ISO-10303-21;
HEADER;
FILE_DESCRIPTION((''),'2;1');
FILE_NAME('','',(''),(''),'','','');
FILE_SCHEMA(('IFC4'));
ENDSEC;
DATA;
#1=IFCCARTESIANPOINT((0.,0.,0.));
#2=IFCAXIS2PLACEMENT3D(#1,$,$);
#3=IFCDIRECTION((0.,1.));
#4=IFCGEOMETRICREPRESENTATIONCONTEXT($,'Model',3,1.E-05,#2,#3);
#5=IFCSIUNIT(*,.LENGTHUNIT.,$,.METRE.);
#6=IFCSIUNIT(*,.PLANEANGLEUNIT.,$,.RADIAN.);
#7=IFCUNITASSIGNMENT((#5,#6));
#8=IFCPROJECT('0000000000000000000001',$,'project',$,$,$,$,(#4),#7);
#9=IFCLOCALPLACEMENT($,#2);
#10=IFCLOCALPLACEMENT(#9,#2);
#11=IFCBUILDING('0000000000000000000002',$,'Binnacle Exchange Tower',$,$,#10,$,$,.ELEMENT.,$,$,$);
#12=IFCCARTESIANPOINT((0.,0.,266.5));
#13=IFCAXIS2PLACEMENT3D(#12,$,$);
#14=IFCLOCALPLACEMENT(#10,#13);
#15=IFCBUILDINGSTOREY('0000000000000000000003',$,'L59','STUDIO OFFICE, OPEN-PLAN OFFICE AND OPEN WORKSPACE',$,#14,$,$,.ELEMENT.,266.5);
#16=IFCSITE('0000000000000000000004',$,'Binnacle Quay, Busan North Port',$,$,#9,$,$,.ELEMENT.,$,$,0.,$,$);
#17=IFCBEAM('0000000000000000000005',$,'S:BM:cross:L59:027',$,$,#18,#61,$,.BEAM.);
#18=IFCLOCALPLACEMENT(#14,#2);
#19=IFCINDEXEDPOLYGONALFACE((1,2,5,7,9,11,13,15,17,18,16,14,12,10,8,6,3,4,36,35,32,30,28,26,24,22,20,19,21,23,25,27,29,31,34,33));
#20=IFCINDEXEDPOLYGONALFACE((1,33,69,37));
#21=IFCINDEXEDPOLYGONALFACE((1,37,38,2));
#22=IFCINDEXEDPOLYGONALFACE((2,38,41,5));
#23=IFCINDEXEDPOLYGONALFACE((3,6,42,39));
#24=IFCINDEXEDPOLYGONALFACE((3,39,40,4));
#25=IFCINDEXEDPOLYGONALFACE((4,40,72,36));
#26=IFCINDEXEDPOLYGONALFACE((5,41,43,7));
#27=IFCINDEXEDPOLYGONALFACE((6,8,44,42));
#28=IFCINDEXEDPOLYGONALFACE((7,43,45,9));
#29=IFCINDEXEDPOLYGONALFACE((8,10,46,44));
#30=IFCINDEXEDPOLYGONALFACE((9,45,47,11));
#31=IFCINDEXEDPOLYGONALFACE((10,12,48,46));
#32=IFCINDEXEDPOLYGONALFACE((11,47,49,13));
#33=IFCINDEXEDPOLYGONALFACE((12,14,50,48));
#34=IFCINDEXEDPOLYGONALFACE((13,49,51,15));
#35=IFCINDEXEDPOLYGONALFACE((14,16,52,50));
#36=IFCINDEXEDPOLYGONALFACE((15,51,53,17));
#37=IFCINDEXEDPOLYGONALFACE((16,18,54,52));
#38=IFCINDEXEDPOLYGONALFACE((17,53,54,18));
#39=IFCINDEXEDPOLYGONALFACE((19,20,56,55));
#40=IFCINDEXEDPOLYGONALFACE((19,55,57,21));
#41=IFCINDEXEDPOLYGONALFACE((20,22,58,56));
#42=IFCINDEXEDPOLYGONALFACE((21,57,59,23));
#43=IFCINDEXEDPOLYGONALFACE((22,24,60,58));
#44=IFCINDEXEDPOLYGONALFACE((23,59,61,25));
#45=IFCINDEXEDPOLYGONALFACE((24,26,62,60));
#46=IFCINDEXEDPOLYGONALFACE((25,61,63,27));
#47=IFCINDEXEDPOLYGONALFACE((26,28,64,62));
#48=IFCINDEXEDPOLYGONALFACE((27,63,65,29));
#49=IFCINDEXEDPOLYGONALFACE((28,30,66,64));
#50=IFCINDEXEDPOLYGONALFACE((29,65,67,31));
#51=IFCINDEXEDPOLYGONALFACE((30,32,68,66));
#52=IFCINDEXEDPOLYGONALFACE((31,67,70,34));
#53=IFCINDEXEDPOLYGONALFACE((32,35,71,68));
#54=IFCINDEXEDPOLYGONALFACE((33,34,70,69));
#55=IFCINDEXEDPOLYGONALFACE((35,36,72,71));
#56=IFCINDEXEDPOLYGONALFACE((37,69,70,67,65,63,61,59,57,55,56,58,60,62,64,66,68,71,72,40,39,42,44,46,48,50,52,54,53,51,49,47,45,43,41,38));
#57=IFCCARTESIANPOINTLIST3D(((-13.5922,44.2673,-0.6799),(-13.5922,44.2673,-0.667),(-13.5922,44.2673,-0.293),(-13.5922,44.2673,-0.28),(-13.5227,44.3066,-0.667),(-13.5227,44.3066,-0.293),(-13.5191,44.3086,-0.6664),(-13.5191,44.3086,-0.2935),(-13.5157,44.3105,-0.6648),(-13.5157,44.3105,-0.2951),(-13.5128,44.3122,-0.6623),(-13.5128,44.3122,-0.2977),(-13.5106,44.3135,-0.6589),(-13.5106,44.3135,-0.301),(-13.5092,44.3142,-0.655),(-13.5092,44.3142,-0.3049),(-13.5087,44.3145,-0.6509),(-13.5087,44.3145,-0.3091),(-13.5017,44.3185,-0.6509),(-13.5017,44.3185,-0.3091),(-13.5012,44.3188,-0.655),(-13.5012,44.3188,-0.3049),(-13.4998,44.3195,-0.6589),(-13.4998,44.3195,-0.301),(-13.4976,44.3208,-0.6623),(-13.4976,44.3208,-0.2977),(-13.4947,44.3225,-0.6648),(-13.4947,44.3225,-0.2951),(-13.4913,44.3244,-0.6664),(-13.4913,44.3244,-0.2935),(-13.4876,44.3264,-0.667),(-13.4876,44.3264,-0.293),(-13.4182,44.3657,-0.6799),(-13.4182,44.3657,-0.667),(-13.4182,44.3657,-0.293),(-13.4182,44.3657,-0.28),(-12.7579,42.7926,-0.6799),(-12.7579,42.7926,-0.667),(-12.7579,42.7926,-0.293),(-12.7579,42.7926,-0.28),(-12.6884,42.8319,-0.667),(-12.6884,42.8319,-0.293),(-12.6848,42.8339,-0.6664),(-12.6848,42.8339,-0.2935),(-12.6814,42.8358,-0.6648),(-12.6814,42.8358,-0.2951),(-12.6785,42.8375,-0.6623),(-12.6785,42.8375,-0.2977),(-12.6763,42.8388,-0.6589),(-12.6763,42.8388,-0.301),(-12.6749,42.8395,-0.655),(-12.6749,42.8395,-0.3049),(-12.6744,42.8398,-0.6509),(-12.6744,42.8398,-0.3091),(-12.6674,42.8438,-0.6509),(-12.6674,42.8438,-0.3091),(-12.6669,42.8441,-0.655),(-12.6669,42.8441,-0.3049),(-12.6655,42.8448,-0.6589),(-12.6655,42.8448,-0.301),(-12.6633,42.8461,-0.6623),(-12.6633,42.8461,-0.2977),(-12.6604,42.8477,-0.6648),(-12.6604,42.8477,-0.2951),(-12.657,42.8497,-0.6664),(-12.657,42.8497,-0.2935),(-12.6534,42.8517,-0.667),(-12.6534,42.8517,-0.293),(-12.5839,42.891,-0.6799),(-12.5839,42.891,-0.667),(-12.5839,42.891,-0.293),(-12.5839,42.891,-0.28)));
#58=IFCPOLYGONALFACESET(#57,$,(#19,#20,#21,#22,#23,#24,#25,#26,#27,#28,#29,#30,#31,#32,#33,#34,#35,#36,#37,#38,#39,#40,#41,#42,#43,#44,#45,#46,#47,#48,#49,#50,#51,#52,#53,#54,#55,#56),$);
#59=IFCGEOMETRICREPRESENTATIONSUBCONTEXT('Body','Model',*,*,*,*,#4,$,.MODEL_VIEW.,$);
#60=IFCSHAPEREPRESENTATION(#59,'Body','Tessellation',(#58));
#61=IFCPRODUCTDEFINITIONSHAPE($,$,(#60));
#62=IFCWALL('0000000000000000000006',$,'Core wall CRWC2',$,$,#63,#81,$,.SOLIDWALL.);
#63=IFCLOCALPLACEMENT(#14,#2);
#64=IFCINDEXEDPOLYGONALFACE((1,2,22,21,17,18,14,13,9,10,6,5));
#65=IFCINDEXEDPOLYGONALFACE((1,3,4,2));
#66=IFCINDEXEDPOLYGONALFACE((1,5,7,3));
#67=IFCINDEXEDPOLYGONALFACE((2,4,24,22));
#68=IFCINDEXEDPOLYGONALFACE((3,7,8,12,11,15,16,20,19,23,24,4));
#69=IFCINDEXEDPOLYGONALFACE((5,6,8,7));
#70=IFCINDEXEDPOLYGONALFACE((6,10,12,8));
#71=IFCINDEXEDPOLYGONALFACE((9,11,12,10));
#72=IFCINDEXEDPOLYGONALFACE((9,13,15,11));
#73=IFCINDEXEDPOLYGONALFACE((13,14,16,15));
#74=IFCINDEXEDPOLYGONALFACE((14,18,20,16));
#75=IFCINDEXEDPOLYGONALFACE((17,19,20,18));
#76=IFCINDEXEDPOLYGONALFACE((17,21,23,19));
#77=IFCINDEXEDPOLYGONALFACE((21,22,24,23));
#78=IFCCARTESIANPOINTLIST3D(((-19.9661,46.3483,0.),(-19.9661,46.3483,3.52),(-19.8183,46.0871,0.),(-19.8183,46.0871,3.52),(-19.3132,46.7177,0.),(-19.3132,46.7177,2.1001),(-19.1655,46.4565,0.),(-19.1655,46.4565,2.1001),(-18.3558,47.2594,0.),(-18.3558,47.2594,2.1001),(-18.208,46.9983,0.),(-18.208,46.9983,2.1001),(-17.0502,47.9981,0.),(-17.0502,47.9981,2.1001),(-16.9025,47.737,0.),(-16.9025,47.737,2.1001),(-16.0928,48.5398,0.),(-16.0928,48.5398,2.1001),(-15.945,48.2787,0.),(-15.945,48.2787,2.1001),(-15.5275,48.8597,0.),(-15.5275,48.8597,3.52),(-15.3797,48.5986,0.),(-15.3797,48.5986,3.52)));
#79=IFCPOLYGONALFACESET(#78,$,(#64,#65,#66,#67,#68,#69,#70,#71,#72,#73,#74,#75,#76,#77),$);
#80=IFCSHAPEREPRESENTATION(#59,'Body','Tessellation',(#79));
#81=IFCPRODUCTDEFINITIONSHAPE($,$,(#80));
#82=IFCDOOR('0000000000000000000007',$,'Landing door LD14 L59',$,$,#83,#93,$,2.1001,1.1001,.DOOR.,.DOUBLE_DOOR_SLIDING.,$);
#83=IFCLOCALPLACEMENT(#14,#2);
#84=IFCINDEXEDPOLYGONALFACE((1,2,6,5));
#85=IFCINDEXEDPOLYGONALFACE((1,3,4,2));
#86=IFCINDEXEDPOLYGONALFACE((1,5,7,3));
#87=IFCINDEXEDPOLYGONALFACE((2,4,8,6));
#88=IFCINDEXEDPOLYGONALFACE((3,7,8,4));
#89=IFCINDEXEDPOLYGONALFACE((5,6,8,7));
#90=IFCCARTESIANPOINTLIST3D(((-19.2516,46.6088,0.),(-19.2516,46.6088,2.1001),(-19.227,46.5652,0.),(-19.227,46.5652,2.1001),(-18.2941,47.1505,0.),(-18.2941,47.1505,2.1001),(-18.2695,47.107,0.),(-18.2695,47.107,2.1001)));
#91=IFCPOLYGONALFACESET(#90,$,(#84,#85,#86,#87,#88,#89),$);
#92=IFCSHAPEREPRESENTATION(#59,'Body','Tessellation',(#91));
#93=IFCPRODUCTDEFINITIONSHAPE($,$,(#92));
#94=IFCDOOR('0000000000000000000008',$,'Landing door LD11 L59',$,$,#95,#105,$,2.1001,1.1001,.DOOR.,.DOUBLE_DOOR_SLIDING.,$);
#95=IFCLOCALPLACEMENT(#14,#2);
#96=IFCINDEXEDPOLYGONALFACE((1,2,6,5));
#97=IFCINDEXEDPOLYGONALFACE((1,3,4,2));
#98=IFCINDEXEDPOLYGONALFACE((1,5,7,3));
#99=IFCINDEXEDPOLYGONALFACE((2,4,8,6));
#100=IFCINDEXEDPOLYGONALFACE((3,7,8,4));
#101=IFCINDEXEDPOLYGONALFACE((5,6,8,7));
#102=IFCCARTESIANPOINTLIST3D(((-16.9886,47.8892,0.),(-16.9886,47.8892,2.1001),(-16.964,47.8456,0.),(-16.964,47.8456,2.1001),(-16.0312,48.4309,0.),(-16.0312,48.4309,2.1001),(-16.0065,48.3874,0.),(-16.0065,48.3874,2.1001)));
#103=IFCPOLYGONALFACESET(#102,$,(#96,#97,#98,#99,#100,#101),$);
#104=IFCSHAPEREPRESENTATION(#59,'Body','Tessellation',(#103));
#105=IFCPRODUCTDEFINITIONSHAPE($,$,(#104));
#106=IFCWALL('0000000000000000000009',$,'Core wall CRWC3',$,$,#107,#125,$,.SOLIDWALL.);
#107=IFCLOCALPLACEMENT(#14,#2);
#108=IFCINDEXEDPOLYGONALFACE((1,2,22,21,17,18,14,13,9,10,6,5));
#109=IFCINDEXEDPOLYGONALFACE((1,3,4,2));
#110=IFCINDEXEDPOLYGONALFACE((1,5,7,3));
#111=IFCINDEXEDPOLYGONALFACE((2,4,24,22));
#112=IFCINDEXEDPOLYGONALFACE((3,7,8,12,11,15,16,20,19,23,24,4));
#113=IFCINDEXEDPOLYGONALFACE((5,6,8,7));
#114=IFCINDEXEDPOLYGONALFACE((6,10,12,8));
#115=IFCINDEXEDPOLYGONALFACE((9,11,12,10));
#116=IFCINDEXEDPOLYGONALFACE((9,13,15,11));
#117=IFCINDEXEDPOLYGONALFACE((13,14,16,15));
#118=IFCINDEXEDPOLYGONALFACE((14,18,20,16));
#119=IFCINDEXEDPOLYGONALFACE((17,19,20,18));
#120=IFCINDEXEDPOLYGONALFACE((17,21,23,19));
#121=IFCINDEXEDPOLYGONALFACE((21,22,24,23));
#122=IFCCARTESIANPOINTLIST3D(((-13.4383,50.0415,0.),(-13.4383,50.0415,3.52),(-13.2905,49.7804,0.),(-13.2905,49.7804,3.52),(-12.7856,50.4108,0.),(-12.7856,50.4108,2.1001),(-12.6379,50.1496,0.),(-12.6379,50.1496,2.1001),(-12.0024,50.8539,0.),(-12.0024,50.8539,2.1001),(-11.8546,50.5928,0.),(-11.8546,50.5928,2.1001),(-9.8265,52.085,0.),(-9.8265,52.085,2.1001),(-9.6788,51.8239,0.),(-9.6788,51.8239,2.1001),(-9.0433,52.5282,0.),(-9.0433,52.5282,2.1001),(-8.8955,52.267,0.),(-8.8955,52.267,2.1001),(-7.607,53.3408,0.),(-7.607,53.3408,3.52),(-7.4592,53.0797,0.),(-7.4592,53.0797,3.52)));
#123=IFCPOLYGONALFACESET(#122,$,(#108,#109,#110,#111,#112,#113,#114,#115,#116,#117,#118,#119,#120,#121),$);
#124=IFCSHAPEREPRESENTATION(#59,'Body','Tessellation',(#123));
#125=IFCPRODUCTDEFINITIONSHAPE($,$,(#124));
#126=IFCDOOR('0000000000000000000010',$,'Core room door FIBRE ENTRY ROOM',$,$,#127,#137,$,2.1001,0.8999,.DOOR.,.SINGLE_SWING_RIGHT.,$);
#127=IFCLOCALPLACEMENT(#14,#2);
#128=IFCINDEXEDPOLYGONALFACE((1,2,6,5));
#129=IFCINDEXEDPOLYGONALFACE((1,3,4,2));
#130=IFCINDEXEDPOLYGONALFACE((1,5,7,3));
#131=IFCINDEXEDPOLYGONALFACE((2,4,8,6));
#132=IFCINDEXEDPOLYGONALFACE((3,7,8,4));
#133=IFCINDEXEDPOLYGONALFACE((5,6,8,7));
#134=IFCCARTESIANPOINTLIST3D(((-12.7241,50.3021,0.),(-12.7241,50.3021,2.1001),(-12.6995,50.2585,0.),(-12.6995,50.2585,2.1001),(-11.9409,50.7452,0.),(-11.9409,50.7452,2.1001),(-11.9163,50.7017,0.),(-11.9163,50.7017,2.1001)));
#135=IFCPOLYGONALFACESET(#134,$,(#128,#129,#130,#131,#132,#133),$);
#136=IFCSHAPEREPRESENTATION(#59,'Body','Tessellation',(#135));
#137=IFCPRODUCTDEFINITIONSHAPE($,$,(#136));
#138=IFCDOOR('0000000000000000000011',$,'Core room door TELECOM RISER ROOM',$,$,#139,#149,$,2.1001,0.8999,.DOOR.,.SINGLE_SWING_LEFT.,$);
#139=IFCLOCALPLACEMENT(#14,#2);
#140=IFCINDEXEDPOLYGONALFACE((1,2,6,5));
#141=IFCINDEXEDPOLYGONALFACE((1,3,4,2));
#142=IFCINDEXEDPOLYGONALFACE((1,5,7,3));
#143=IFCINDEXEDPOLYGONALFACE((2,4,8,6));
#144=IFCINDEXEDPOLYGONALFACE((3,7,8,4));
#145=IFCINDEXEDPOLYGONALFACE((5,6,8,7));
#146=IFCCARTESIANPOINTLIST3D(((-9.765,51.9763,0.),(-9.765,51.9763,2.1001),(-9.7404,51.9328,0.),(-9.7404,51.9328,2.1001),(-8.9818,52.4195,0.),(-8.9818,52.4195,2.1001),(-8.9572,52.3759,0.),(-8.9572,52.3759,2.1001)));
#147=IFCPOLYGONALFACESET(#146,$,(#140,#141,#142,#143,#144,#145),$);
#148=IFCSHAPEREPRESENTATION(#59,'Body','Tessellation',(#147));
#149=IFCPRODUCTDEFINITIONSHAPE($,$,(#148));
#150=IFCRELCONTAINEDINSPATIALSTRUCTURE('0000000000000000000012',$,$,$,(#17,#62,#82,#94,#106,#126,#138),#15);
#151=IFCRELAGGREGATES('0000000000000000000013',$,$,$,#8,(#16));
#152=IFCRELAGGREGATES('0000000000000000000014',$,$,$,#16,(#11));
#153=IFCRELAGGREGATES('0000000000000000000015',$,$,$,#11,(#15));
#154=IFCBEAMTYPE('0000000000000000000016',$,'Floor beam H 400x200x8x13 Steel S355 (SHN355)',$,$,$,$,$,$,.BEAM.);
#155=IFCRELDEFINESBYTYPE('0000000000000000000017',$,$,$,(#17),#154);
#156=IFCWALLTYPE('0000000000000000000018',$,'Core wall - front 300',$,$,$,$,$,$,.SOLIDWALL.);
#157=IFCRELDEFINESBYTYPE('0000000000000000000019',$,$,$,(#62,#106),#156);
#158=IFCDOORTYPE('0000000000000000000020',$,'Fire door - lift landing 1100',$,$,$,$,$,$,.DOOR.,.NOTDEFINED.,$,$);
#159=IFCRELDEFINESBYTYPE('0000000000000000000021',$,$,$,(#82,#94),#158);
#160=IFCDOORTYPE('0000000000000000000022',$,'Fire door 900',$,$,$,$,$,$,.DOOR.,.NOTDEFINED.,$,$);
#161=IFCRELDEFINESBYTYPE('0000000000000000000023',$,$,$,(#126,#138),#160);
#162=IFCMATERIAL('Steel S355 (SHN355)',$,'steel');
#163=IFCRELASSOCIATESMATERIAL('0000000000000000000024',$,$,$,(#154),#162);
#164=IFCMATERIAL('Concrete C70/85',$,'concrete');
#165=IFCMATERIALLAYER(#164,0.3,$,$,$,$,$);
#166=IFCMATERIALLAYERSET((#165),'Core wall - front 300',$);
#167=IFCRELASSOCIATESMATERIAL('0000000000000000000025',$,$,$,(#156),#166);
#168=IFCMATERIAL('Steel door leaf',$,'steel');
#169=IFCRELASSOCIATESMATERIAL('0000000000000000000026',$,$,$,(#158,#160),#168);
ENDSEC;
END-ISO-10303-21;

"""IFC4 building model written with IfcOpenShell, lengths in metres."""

from ifc_helpers import new_model, si_unit, direction, frame, frame_2d, origin, origin_2d, place, context, subcontext, project, spatial, rectangle, i_section, extrude, material, layer, layer_set, material_profile, profile_set, type_object, element, fill, save


model = new_model("IFC4")

# Units and contexts
model_context = context("Model", 3, precision=1e-05, world=origin(), true_north=direction((0.0, 1.0)))
body_context = subcontext(model_context, "Body", "Model", "MODEL_VIEW")
ifc_project = project(units=[si_unit("LENGTHUNIT", "METRE"), si_unit("PLANEANGLEUNIT", "RADIAN")], contexts=[model_context])

# Site, building, storey
site_placement = place(None, origin())
site = spatial("IfcSite", under=ifc_project, at=site_placement, Name="Binnacle Quay, Busan North Port", CompositionType="ELEMENT", RefElevation=0.0)
building_placement = place(site_placement, origin())
building = spatial("IfcBuilding", under=site, at=building_placement, Name="Binnacle Exchange Tower", CompositionType="ELEMENT")
storey_placement = place(building_placement, frame((0.0, 0.0, 266.5)))
storey = spatial("IfcBuildingStorey", under=building, at=storey_placement, Name="L59", Description="STUDIO OFFICE, OPEN-PLAN OFFICE AND OPEN WORKSPACE", CompositionType="ELEMENT", Elevation=266.5)

# Beam
ifc_material_1 = material(Name="Steel S355 (SHN355)", Category="steel")
ifc_material_profile = material_profile(ifc_material_1, i_section(OverallWidth=0.2, OverallDepth=0.3999, WebThickness=0.0081, FlangeThickness=0.0129, FilletRadius=0.0161, at=origin_2d()), Name="H 400x200x8x13")
ifc_profile_set = profile_set([ifc_material_profile], Name="Steel S355 (SHN355)")
beam_type = type_object("IfcBeamType", Name="Floor beam H 400x200x8x13 Steel S355 (SHN355)", PredefinedType="BEAM", material=ifc_profile_set)
beam_placement = place(storey_placement, frame((-12.6709, 42.8418, -0.48), z_axis=(-0.492394, 0.870372, 0.0), x_axis=(-0.870372, -0.492394, 0.0)))
element("IfcBeam", 1, at=beam_placement, inside=storey, type_object=beam_type, Name="S:BM:cross:L59:027", PredefinedType="BEAM", context=body_context, shape_type="SweptSolid", body=[
    extrude(i_section(OverallWidth=0.2, OverallDepth=0.3999, WebThickness=0.0081, FlangeThickness=0.0129, FilletRadius=0.0161, at=origin_2d()), origin(), (0.0, 0.0, 1.0), 1.6943),
])

# Walls, openings, doors
ifc_material_2 = material(Name="Concrete C70/85", Category="concrete")
ifc_layer_1 = layer(ifc_material_2, 0.3)
ifc_layer_set_1 = layer_set([ifc_layer_1], Name="Core wall - front 300")
wall_type_1 = type_object("IfcWallType", Name="Core wall - front 300", PredefinedType="SOLIDWALL", material=ifc_layer_set_1)
wall_1_placement = place(storey_placement, frame((-19.8921, 46.2178, 0.0), z_axis=(0.0, 0.0, 1.0), x_axis=(0.870342, 0.492448, 0.0)))
wall_1 = element("IfcWall", 2, at=wall_1_placement, inside=storey, type_object=wall_type_1, Name="Core wall CRWC2", PredefinedType="SOLIDWALL", context=body_context, shape_type="SweptSolid", body=[
    extrude(rectangle(XDim=5.0999, YDim=0.3, at=frame_2d((2.5498, 0.0))), origin(), (0.0, 0.0, 1.0), 3.52),
])
opening_1_placement = place(wall_1_placement, frame((0.75, 0.0, 0.0)))
opening_1 = element("IfcOpeningElement", 3, at=opening_1_placement, cuts=wall_1, PredefinedType="OPENING", context=body_context, shape_type="SweptSolid", body=[
    extrude(rectangle(XDim=1.1001, YDim=2.1001, at=frame_2d((0.55, 1.05))), frame((0.0, 0.1599, 0.0), z_axis=(0.0, -1.0, 0.0), x_axis=(1.0, 0.0, 0.0)), (0.0, 0.0, 1.0), 0.3201),
])
opening_2_placement = place(wall_1_placement, frame((3.3501, 0.0, 0.0)))
opening_2 = element("IfcOpeningElement", 4, at=opening_2_placement, cuts=wall_1, PredefinedType="OPENING", context=body_context, shape_type="SweptSolid", body=[
    extrude(rectangle(XDim=1.1001, YDim=2.1001, at=frame_2d((0.55, 1.05))), frame((0.0, 0.1599, 0.0), z_axis=(0.0, -1.0, 0.0), x_axis=(1.0, 0.0, 0.0)), (0.0, 0.0, 1.0), 0.3201),
])
ifc_material_3 = material(Name="Steel door leaf", Category="steel")
door_type_1 = type_object("IfcDoorType", Name="Fire door - lift landing 1100", OperationType="NOTDEFINED", PredefinedType="DOOR", material=ifc_material_3)
door_1_placement = place(opening_1_placement, origin())
door_1 = element("IfcDoor", 5, at=door_1_placement, inside=storey, type_object=door_type_1, Name="Landing door LD14 L59", OperationType="DOUBLE_DOOR_SLIDING", OverallHeight=2.1001, OverallWidth=1.1001, PredefinedType="DOOR", context=body_context, shape_type="SweptSolid", body=[
    extrude(rectangle(XDim=1.1001, YDim=2.1001, at=frame_2d((0.55, 1.05))), frame((0.0, 0.0249, 0.0), z_axis=(0.0, -1.0, 0.0), x_axis=(1.0, 0.0, 0.0)), (0.0, 0.0, 1.0), 0.05),
])
fill(opening_1, door_1)
door_2_placement = place(opening_2_placement, origin())
door_2 = element("IfcDoor", 6, at=door_2_placement, inside=storey, type_object=door_type_1, Name="Landing door LD11 L59", OperationType="DOUBLE_DOOR_SLIDING", OverallHeight=2.1001, OverallWidth=1.1001, PredefinedType="DOOR", context=body_context, shape_type="SweptSolid", body=[
    extrude(rectangle(XDim=1.1001, YDim=2.1001, at=frame_2d((0.55, 1.05))), frame((0.0, 0.0249, 0.0), z_axis=(0.0, -1.0, 0.0), x_axis=(1.0, 0.0, 0.0)), (0.0, 0.0, 1.0), 0.05),
])
fill(opening_2, door_2)
wall_2_placement = place(storey_placement, frame((-13.3645, 49.9109, 0.0), z_axis=(0.0, 0.0, 1.0), x_axis=(0.870348, 0.492438, 0.0)))
wall_2 = element("IfcWall", 7, at=wall_2_placement, inside=storey, type_object=wall_type_1, Name="Core wall CRWC3", PredefinedType="SOLIDWALL", context=body_context, shape_type="SweptSolid", body=[
    extrude(rectangle(XDim=6.7, YDim=0.3, at=frame_2d((3.3501, 0.0))), origin(), (0.0, 0.0, 1.0), 3.52),
])
opening_3_placement = place(wall_2_placement, frame((0.75, 0.0, 0.0)))
opening_3 = element("IfcOpeningElement", 8, at=opening_3_placement, cuts=wall_2, PredefinedType="OPENING", context=body_context, shape_type="SweptSolid", body=[
    extrude(rectangle(XDim=0.8999, YDim=2.1001, at=frame_2d((0.45, 1.05))), frame((0.0, 0.1599, 0.0), z_axis=(0.0, -1.0, 0.0), x_axis=(1.0, 0.0, 0.0)), (0.0, 0.0, 1.0), 0.3201),
])
opening_4_placement = place(wall_2_placement, frame((4.1499, 0.0, 0.0)))
opening_4 = element("IfcOpeningElement", 9, at=opening_4_placement, cuts=wall_2, PredefinedType="OPENING", context=body_context, shape_type="SweptSolid", body=[
    extrude(rectangle(XDim=0.8999, YDim=2.1001, at=frame_2d((0.45, 1.05))), frame((0.0, 0.1599, 0.0), z_axis=(0.0, -1.0, 0.0), x_axis=(1.0, 0.0, 0.0)), (0.0, 0.0, 1.0), 0.3201),
])
door_type_2 = type_object("IfcDoorType", Name="Fire door 900", OperationType="NOTDEFINED", PredefinedType="DOOR", material=ifc_material_3)
door_3_placement = place(opening_3_placement, frame((0.8999, 0.0, 0.0), z_axis=(0.0, 0.0, 1.0), x_axis=(-1.0, 0.0, 0.0)))
door_3 = element("IfcDoor", 10, at=door_3_placement, inside=storey, type_object=door_type_2, Name="Core room door FIBRE ENTRY ROOM", OperationType="SINGLE_SWING_RIGHT", OverallHeight=2.1001, OverallWidth=0.8999, PredefinedType="DOOR", context=body_context, shape_type="SweptSolid", body=[
    extrude(rectangle(XDim=0.8999, YDim=2.1001, at=frame_2d((0.45, 1.05))), frame((0.0, 0.0249, 0.0), z_axis=(0.0, -1.0, 0.0), x_axis=(1.0, 0.0, 0.0)), (0.0, 0.0, 1.0), 0.05),
])
fill(opening_3, door_3)
door_4_placement = place(opening_4_placement, frame((0.8999, 0.0, 0.0), z_axis=(0.0, 0.0, 1.0), x_axis=(-1.0, 0.0, 0.0)))
door_4 = element("IfcDoor", 11, at=door_4_placement, inside=storey, type_object=door_type_2, Name="Core room door TELECOM RISER ROOM", OperationType="SINGLE_SWING_LEFT", OverallHeight=2.1001, OverallWidth=0.8999, PredefinedType="DOOR", context=body_context, shape_type="SweptSolid", body=[
    extrude(rectangle(XDim=0.8999, YDim=2.1001, at=frame_2d((0.45, 1.05))), frame((0.0, 0.0249, 0.0), z_axis=(0.0, -1.0, 0.0), x_axis=(1.0, 0.0, 0.0)), (0.0, 0.0, 1.0), 0.05),
])
fill(opening_4, door_4)

save(model, "model.ifc")
